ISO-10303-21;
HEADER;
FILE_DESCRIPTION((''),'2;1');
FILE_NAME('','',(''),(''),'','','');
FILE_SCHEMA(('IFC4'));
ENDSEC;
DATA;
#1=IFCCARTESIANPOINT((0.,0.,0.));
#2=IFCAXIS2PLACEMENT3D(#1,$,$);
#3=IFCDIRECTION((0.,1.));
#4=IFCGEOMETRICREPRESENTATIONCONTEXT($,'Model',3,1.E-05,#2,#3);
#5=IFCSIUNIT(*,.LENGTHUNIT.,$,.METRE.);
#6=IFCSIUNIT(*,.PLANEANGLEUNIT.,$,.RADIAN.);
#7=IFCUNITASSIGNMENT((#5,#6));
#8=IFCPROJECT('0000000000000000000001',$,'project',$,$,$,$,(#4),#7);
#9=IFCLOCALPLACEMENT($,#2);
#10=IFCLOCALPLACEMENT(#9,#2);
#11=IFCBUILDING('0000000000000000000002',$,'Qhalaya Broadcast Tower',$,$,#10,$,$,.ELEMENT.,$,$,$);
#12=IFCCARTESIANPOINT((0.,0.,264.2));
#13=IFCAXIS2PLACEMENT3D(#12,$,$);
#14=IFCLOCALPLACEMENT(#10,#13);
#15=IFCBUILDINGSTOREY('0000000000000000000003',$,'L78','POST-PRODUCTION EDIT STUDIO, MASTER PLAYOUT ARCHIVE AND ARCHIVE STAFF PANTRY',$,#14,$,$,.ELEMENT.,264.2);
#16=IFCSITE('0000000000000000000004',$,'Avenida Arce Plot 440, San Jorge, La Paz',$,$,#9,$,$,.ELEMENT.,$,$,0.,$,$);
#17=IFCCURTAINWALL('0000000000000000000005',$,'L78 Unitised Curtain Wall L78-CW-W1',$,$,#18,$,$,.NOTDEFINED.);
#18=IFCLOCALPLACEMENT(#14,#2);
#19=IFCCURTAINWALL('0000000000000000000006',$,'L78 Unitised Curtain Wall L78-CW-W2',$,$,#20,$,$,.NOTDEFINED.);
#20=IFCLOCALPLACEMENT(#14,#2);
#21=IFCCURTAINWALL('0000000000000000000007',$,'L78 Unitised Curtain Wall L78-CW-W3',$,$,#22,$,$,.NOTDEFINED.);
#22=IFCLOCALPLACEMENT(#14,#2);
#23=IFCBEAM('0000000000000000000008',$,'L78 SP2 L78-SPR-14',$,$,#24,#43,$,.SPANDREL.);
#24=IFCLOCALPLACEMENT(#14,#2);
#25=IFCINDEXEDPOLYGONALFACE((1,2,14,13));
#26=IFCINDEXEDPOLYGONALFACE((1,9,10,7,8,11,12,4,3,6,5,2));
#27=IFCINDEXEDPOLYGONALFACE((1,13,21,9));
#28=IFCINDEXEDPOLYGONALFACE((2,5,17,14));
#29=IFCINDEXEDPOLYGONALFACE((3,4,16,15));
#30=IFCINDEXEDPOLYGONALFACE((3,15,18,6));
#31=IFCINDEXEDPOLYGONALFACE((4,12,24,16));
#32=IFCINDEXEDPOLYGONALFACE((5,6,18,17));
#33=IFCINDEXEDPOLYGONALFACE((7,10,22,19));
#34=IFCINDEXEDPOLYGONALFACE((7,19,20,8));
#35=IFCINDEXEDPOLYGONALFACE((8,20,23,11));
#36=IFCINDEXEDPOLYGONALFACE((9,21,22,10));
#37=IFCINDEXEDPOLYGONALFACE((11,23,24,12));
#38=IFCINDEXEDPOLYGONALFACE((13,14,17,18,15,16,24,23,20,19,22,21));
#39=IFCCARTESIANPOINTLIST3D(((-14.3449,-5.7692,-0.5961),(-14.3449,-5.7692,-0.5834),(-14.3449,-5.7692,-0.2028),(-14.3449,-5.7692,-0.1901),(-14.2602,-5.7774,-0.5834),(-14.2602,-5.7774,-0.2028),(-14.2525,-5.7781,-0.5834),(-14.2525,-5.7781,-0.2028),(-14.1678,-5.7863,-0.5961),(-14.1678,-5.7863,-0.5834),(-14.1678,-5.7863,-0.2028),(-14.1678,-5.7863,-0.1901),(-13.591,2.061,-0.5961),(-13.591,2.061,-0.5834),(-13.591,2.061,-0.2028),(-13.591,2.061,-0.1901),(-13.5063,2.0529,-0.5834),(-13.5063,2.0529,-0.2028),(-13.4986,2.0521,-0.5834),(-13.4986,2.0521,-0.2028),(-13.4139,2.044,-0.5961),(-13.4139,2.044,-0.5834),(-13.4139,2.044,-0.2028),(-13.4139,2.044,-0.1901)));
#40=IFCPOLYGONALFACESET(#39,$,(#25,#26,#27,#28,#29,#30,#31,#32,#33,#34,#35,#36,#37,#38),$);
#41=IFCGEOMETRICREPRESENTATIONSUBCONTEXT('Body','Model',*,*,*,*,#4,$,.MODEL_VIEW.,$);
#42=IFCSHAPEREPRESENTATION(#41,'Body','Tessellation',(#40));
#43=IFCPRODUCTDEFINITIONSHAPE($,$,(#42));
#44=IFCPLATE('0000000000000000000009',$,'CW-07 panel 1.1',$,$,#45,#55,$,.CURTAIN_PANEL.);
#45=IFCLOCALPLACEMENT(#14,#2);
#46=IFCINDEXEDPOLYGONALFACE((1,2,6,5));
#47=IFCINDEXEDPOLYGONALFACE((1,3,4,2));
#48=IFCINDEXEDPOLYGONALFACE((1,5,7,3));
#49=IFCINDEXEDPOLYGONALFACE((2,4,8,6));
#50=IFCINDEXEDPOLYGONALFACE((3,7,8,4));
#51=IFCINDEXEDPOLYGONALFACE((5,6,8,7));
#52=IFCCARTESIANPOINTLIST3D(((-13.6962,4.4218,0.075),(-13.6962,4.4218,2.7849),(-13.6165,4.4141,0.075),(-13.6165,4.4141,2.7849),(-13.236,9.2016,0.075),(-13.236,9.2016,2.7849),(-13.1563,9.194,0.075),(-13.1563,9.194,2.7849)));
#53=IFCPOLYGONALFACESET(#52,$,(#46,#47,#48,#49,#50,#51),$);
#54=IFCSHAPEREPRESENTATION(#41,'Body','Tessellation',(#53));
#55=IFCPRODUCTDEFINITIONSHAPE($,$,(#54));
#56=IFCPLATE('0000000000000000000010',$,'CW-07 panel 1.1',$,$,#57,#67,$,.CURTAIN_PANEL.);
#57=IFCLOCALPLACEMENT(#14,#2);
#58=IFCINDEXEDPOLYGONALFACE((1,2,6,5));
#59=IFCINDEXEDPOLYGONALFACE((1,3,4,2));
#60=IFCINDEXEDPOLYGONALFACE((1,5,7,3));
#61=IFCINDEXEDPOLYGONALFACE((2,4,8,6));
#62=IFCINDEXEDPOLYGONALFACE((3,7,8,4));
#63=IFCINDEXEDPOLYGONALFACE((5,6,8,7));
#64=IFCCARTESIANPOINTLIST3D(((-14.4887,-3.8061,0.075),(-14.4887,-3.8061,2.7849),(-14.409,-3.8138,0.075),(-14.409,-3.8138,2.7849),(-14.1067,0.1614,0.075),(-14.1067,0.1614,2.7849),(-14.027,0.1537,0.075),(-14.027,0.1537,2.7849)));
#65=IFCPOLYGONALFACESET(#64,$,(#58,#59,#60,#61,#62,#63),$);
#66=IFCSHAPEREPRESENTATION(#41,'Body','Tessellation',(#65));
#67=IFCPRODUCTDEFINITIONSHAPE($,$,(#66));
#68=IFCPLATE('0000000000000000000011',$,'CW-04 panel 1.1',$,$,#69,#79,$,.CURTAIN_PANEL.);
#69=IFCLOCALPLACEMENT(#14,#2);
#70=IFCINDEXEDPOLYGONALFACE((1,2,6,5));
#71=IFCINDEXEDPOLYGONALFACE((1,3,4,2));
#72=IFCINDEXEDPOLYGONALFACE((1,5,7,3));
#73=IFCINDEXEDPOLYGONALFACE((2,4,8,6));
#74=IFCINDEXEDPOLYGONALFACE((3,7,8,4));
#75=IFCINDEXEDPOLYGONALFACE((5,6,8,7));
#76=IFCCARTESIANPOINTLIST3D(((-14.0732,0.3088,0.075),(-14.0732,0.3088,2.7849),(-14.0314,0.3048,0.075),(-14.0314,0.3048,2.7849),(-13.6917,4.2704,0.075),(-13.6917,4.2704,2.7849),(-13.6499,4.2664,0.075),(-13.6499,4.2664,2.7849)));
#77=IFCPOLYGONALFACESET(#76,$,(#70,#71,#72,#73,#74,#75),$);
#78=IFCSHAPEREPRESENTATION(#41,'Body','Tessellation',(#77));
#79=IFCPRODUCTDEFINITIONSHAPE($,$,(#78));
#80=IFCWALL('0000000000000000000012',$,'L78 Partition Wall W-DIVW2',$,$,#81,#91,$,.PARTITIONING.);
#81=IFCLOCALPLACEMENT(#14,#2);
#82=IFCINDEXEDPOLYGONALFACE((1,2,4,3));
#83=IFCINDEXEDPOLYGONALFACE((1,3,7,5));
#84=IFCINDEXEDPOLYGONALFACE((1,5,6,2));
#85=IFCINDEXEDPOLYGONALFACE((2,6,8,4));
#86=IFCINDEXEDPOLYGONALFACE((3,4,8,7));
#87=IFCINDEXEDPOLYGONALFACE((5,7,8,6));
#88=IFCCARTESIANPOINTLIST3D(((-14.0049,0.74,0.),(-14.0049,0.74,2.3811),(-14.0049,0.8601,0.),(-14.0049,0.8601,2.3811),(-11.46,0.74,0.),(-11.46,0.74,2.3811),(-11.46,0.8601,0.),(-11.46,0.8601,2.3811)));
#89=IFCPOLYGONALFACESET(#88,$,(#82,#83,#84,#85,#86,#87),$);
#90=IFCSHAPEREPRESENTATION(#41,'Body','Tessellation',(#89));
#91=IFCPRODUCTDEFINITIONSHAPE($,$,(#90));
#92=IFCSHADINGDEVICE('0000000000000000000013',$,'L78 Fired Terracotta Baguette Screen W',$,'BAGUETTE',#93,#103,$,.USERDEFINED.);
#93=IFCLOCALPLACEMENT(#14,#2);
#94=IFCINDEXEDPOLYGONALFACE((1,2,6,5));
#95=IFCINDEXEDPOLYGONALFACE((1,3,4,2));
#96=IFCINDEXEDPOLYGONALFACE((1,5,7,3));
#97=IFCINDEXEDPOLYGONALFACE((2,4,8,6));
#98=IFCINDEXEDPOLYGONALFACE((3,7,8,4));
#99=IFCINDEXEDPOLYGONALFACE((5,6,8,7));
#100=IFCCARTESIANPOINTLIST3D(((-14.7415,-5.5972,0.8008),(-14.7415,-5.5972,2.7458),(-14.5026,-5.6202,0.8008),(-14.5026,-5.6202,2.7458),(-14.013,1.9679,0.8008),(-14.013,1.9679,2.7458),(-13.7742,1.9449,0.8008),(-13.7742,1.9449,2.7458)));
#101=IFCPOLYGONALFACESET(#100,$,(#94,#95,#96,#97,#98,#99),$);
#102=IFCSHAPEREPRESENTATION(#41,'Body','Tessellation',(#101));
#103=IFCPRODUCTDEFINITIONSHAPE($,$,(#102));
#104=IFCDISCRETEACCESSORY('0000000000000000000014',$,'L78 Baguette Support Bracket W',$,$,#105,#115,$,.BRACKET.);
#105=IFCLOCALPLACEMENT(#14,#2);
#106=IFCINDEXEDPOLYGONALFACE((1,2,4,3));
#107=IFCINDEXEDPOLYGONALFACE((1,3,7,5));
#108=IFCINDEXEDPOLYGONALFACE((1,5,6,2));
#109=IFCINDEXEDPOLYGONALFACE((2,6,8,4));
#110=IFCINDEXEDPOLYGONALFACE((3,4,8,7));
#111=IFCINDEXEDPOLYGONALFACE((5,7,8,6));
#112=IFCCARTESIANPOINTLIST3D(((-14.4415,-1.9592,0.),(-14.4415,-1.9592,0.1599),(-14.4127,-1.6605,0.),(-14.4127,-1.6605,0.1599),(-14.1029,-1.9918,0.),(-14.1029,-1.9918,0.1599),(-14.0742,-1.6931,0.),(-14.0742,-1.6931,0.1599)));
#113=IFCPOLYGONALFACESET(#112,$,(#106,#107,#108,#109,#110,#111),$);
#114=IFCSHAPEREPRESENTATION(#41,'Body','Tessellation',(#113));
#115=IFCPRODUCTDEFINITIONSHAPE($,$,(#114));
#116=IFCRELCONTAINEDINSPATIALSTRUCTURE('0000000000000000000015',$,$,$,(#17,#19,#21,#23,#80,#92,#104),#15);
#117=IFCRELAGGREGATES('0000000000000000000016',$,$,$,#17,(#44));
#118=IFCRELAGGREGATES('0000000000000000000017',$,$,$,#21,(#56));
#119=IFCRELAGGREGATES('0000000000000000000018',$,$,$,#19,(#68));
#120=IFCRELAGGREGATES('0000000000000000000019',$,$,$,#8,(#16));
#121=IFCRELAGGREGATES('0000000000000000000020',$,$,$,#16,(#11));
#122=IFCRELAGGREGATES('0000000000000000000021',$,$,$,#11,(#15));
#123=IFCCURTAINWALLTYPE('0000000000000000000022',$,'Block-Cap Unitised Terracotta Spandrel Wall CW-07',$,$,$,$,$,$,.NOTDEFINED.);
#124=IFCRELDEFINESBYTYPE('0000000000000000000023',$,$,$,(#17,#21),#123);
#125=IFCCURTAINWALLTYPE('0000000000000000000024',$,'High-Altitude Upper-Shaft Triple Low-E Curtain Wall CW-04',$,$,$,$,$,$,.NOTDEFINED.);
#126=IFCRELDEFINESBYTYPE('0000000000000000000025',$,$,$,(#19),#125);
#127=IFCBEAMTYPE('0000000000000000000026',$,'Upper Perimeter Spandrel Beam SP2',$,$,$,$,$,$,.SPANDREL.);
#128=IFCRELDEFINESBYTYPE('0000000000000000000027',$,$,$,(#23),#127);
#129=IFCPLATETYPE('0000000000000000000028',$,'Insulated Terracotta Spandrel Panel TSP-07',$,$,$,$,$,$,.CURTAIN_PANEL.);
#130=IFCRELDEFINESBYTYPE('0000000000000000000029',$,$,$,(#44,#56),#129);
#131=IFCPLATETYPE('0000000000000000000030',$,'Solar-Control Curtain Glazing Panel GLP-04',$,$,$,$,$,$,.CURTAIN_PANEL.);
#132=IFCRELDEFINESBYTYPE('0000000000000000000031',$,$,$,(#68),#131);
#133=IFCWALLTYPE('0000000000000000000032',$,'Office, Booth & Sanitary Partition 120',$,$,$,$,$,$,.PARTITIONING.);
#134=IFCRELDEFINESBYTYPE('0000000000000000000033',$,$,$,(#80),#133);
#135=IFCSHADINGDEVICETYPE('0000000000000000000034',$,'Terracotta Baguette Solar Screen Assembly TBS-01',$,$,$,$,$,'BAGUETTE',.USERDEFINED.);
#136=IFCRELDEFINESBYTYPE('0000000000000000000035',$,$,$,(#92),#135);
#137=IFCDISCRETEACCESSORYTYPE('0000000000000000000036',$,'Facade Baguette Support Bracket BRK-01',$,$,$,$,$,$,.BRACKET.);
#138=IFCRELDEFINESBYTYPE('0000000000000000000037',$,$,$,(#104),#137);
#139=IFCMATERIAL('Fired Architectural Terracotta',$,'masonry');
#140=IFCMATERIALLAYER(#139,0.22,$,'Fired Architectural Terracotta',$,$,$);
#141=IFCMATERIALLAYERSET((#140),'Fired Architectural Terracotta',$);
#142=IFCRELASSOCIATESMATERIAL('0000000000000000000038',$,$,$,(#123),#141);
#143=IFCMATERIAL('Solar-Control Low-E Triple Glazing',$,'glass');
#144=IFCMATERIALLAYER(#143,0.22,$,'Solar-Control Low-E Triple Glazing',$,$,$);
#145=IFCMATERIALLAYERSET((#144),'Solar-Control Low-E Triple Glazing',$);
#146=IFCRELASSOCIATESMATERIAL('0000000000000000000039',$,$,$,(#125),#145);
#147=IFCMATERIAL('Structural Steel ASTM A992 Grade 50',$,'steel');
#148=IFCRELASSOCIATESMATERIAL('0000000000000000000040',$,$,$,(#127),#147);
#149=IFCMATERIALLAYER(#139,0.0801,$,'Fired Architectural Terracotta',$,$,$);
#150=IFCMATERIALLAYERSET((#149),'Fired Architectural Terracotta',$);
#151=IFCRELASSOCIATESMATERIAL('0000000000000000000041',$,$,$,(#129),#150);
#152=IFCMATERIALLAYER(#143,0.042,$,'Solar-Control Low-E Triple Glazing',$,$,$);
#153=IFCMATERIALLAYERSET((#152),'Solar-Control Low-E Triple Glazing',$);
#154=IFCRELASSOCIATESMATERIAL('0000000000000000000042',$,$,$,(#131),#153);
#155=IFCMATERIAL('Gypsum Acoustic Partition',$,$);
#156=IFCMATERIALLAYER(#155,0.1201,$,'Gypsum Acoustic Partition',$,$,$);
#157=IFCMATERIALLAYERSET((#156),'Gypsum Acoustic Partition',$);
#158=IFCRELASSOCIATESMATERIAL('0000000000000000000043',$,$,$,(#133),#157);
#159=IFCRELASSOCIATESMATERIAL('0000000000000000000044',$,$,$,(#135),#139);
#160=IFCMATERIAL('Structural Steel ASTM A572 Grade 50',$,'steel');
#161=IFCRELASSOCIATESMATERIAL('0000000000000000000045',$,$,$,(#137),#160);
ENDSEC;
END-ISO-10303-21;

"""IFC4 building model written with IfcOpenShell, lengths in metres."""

from ifc_helpers import new_model, si_unit, direction, frame, frame_2d, origin, origin_2d, place, context, subcontext, project, spatial, rectangle, i_section, extrude, material, layer, layer_set, material_profile, profile_set, type_object, element, aggregate, save


model = new_model("IFC4")

# Units and contexts
model_context = context("Model", 3, precision=1e-05, world=origin(), true_north=direction((0.0, 1.0)))
body_context = subcontext(model_context, "Body", "Model", "MODEL_VIEW")
ifc_project = project(units=[si_unit("LENGTHUNIT", "METRE"), si_unit("PLANEANGLEUNIT", "RADIAN")], contexts=[model_context])

# Site, building, storey
site_placement = place(None, origin())
site = spatial("IfcSite", under=ifc_project, at=site_placement, Name="Avenida Arce Plot 440, San Jorge, La Paz", CompositionType="ELEMENT", RefElevation=0.0)
building_placement = place(site_placement, origin())
building = spatial("IfcBuilding", under=site, at=building_placement, Name="Qhalaya Broadcast Tower", CompositionType="ELEMENT")
storey_placement = place(building_placement, frame((0.0, 0.0, 264.2)))
storey = spatial("IfcBuildingStorey", under=building, at=storey_placement, Name="L78", Description="POST-PRODUCTION EDIT STUDIO, MASTER PLAYOUT ARCHIVE AND ARCHIVE STAFF PANTRY", CompositionType="ELEMENT", Elevation=264.2)

# Shared definitions
ifc_material_1 = material(Name="Structural Steel ASTM A572 Grade 50", Category="steel")

# Shared definitions
ifc_material_2 = material(Name="Structural Steel ASTM A992 Grade 50", Category="steel")

# Curtain wall
ifc_material_3 = material(Name="Fired Architectural Terracotta", Category="masonry")
ifc_layer_1 = layer(ifc_material_3, 0.22, Name="Fired Architectural Terracotta")
ifc_layer_set_1 = layer_set([ifc_layer_1], Name="Fired Architectural Terracotta")
curtain_wall_type_1 = type_object("IfcCurtainWallType", Name="Block-Cap Unitised Terracotta Spandrel Wall CW-07", PredefinedType="NOTDEFINED", material=ifc_layer_set_1)
curtain_wall_1_placement = place(storey_placement, origin())
curtain_wall_1 = element("IfcCurtainWall", 1, at=curtain_wall_1_placement, inside=storey, type_object=curtain_wall_type_1, Name="L78 Unitised Curtain Wall L78-CW-W1", PredefinedType="NOTDEFINED")

# Curtain wall
ifc_material_4 = material(Name="Solar-Control Low-E Triple Glazing", Category="glass")
ifc_layer_2 = layer(ifc_material_4, 0.22, Name="Solar-Control Low-E Triple Glazing")
ifc_layer_set_2 = layer_set([ifc_layer_2], Name="Solar-Control Low-E Triple Glazing")
curtain_wall_type_2 = type_object("IfcCurtainWallType", Name="High-Altitude Upper-Shaft Triple Low-E Curtain Wall CW-04", PredefinedType="NOTDEFINED", material=ifc_layer_set_2)
curtain_wall_2_placement = place(storey_placement, origin())
curtain_wall_2 = element("IfcCurtainWall", 2, at=curtain_wall_2_placement, inside=storey, type_object=curtain_wall_type_2, Name="L78 Unitised Curtain Wall L78-CW-W2", PredefinedType="NOTDEFINED")

# Curtain wall
curtain_wall_3_placement = place(storey_placement, origin())
curtain_wall_3 = element("IfcCurtainWall", 3, at=curtain_wall_3_placement, inside=storey, type_object=curtain_wall_type_1, Name="L78 Unitised Curtain Wall L78-CW-W3", PredefinedType="NOTDEFINED")

# Beam
ifc_material_profile_1 = material_profile(ifc_material_2, i_section(OverallWidth=0.178, OverallDepth=0.406, WebThickness=0.0078, FlangeThickness=0.0127, at=origin_2d()), Name="W16X40")
ifc_profile_set_1 = profile_set([ifc_material_profile_1], Name="Structural Steel ASTM A992 Grade 50")
beam_type_1 = type_object("IfcBeamType", Name="Upper Perimeter Spandrel Beam SP2", PredefinedType="SPANDREL", material=ifc_profile_set_1)
beam_1_placement = place(storey_placement, frame((-13.5024, 2.0525, -0.3931), z_axis=(-0.095837, -0.995397, 0.0), x_axis=(0.995397, -0.095837, 0.0)))
element("IfcBeam", 4, at=beam_1_placement, inside=storey, type_object=beam_type_1, Name="L78 SP2 L78-SPR-14", PredefinedType="SPANDREL", context=body_context, shape_type="SweptSolid", body=[
    extrude(i_section(OverallWidth=0.178, OverallDepth=0.406, WebThickness=0.0078, FlangeThickness=0.0127, at=origin_2d()), origin(), (0.0, 0.0, 1.0), 7.8665),
])

# Plates
ifc_layer_3 = layer(ifc_material_3, 0.0801, Name="Fired Architectural Terracotta")
ifc_layer_set_3 = layer_set([ifc_layer_3], Name="Fired Architectural Terracotta")
plate_type_1 = type_object("IfcPlateType", Name="Insulated Terracotta Spandrel Panel TSP-07", PredefinedType="CURTAIN_PANEL", material=ifc_layer_set_3)
plate_1_placement = place(storey_placement, frame((-13.4263, 6.8079, 0.075), z_axis=(0.0, 0.0, 1.0), x_axis=(-0.09584, -0.995397, 0.0)))
plate_1 = element("IfcPlate", 5, at=plate_1_placement, type_object=plate_type_1, Name="CW-07 panel 1.1", PredefinedType="CURTAIN_PANEL", context=body_context, shape_type="SweptSolid", body=[
    extrude(rectangle(XDim=4.802, YDim=0.0801, at=origin_2d()), origin(), (0.0, 0.0, 1.0), 2.71),
])
aggregate(curtain_wall_1, [plate_1])
plate_2_placement = place(storey_placement, frame((-14.2578, -1.8262, 0.075), z_axis=(0.0, 0.0, 1.0), x_axis=(-0.095843, -0.995396, 0.0)))
plate_2 = element("IfcPlate", 6, at=plate_2_placement, type_object=plate_type_1, Name="CW-07 panel 1.1", PredefinedType="CURTAIN_PANEL", context=body_context, shape_type="SweptSolid", body=[
    extrude(rectangle(XDim=3.9858, YDim=0.0801, at=origin_2d()), origin(), (0.0, 0.0, 1.0), 2.71),
])
aggregate(curtain_wall_3, [plate_2])
ifc_layer_4 = layer(ifc_material_4, 0.042, Name="Solar-Control Low-E Triple Glazing")
ifc_layer_set_4 = layer_set([ifc_layer_4], Name="Solar-Control Low-E Triple Glazing")
plate_type_2 = type_object("IfcPlateType", Name="Solar-Control Curtain Glazing Panel GLP-04", PredefinedType="CURTAIN_PANEL", material=ifc_layer_set_4)
plate_3_placement = place(storey_placement, frame((-13.8616, 2.2876, 0.075), z_axis=(0.0, 0.0, 1.0), x_axis=(-0.095859, -0.995395, 0.0)))
plate_3 = element("IfcPlate", 7, at=plate_3_placement, type_object=plate_type_2, Name="CW-04 panel 1.1", PredefinedType="CURTAIN_PANEL", context=body_context, shape_type="SweptSolid", body=[
    extrude(rectangle(XDim=3.98, YDim=0.042, at=origin_2d()), origin(), (0.0, 0.0, 1.0), 2.71),
])
aggregate(curtain_wall_2, [plate_3])

# Wall
ifc_material_5 = material(Name="Gypsum Acoustic Partition")
ifc_layer_5 = layer(ifc_material_5, 0.1201, Name="Gypsum Acoustic Partition")
ifc_layer_set_5 = layer_set([ifc_layer_5], Name="Gypsum Acoustic Partition")
wall_type = type_object("IfcWallType", Name="Office, Booth & Sanitary Partition 120", PredefinedType="PARTITIONING", material=ifc_layer_set_5)
wall_placement = place(storey_placement, frame((-14.0049, 0.8, 0.0), z_axis=(0.0, 0.0, 1.0), x_axis=(1.0, 0.0, 0.0)))
element("IfcWall", 8, at=wall_placement, inside=storey, type_object=wall_type, Name="L78 Partition Wall W-DIVW2", PredefinedType="PARTITIONING", context=body_context, shape_type="SweptSolid", body=[
    extrude(rectangle(XDim=2.5449, YDim=0.1201, at=frame_2d((1.2725, 0.0))), origin(), (0.0, 0.0, 1.0), 2.3811),
])

# Shading device
shading_device_type = type_object("IfcShadingDeviceType", Name="Terracotta Baguette Solar Screen Assembly TBS-01", ElementType="BAGUETTE", PredefinedType="USERDEFINED", material=ifc_material_3)
shading_device_placement = place(storey_placement, frame((-14.2578, -1.8262, 0.8008), z_axis=(0.0, 0.0, 1.0), x_axis=(-0.095846, -0.995396, 0.0)))
element("IfcShadingDevice", 9, at=shading_device_placement, inside=storey, type_object=shading_device_type, Name="L78 Fired Terracotta Baguette Screen W", ObjectType="BAGUETTE", PredefinedType="USERDEFINED", context=body_context, shape_type="SweptSolid", body=[
    extrude(rectangle(XDim=7.6001, YDim=0.24, at=origin_2d()), origin(), (0.0, 0.0, 1.0), 1.9451),
])

# Discrete accessory
discrete_accessory_type = type_object("IfcDiscreteAccessoryType", Name="Facade Baguette Support Bracket BRK-01", PredefinedType="BRACKET", material=ifc_material_1)
discrete_accessory_placement = place(storey_placement, frame((-14.2578, -1.8262, 0.0), z_axis=(0.0, 0.0, 1.0), x_axis=(-0.095846, -0.995396, 0.0)))
element("IfcDiscreteAccessory", 10, at=discrete_accessory_placement, inside=storey, type_object=discrete_accessory_type, Name="L78 Baguette Support Bracket W", PredefinedType="BRACKET", context=body_context, shape_type="SweptSolid", body=[
    extrude(rectangle(XDim=0.3, YDim=0.3401, at=origin_2d()), origin(), (0.0, 0.0, 1.0), 0.1599),
])

save(model, "model.ifc")
